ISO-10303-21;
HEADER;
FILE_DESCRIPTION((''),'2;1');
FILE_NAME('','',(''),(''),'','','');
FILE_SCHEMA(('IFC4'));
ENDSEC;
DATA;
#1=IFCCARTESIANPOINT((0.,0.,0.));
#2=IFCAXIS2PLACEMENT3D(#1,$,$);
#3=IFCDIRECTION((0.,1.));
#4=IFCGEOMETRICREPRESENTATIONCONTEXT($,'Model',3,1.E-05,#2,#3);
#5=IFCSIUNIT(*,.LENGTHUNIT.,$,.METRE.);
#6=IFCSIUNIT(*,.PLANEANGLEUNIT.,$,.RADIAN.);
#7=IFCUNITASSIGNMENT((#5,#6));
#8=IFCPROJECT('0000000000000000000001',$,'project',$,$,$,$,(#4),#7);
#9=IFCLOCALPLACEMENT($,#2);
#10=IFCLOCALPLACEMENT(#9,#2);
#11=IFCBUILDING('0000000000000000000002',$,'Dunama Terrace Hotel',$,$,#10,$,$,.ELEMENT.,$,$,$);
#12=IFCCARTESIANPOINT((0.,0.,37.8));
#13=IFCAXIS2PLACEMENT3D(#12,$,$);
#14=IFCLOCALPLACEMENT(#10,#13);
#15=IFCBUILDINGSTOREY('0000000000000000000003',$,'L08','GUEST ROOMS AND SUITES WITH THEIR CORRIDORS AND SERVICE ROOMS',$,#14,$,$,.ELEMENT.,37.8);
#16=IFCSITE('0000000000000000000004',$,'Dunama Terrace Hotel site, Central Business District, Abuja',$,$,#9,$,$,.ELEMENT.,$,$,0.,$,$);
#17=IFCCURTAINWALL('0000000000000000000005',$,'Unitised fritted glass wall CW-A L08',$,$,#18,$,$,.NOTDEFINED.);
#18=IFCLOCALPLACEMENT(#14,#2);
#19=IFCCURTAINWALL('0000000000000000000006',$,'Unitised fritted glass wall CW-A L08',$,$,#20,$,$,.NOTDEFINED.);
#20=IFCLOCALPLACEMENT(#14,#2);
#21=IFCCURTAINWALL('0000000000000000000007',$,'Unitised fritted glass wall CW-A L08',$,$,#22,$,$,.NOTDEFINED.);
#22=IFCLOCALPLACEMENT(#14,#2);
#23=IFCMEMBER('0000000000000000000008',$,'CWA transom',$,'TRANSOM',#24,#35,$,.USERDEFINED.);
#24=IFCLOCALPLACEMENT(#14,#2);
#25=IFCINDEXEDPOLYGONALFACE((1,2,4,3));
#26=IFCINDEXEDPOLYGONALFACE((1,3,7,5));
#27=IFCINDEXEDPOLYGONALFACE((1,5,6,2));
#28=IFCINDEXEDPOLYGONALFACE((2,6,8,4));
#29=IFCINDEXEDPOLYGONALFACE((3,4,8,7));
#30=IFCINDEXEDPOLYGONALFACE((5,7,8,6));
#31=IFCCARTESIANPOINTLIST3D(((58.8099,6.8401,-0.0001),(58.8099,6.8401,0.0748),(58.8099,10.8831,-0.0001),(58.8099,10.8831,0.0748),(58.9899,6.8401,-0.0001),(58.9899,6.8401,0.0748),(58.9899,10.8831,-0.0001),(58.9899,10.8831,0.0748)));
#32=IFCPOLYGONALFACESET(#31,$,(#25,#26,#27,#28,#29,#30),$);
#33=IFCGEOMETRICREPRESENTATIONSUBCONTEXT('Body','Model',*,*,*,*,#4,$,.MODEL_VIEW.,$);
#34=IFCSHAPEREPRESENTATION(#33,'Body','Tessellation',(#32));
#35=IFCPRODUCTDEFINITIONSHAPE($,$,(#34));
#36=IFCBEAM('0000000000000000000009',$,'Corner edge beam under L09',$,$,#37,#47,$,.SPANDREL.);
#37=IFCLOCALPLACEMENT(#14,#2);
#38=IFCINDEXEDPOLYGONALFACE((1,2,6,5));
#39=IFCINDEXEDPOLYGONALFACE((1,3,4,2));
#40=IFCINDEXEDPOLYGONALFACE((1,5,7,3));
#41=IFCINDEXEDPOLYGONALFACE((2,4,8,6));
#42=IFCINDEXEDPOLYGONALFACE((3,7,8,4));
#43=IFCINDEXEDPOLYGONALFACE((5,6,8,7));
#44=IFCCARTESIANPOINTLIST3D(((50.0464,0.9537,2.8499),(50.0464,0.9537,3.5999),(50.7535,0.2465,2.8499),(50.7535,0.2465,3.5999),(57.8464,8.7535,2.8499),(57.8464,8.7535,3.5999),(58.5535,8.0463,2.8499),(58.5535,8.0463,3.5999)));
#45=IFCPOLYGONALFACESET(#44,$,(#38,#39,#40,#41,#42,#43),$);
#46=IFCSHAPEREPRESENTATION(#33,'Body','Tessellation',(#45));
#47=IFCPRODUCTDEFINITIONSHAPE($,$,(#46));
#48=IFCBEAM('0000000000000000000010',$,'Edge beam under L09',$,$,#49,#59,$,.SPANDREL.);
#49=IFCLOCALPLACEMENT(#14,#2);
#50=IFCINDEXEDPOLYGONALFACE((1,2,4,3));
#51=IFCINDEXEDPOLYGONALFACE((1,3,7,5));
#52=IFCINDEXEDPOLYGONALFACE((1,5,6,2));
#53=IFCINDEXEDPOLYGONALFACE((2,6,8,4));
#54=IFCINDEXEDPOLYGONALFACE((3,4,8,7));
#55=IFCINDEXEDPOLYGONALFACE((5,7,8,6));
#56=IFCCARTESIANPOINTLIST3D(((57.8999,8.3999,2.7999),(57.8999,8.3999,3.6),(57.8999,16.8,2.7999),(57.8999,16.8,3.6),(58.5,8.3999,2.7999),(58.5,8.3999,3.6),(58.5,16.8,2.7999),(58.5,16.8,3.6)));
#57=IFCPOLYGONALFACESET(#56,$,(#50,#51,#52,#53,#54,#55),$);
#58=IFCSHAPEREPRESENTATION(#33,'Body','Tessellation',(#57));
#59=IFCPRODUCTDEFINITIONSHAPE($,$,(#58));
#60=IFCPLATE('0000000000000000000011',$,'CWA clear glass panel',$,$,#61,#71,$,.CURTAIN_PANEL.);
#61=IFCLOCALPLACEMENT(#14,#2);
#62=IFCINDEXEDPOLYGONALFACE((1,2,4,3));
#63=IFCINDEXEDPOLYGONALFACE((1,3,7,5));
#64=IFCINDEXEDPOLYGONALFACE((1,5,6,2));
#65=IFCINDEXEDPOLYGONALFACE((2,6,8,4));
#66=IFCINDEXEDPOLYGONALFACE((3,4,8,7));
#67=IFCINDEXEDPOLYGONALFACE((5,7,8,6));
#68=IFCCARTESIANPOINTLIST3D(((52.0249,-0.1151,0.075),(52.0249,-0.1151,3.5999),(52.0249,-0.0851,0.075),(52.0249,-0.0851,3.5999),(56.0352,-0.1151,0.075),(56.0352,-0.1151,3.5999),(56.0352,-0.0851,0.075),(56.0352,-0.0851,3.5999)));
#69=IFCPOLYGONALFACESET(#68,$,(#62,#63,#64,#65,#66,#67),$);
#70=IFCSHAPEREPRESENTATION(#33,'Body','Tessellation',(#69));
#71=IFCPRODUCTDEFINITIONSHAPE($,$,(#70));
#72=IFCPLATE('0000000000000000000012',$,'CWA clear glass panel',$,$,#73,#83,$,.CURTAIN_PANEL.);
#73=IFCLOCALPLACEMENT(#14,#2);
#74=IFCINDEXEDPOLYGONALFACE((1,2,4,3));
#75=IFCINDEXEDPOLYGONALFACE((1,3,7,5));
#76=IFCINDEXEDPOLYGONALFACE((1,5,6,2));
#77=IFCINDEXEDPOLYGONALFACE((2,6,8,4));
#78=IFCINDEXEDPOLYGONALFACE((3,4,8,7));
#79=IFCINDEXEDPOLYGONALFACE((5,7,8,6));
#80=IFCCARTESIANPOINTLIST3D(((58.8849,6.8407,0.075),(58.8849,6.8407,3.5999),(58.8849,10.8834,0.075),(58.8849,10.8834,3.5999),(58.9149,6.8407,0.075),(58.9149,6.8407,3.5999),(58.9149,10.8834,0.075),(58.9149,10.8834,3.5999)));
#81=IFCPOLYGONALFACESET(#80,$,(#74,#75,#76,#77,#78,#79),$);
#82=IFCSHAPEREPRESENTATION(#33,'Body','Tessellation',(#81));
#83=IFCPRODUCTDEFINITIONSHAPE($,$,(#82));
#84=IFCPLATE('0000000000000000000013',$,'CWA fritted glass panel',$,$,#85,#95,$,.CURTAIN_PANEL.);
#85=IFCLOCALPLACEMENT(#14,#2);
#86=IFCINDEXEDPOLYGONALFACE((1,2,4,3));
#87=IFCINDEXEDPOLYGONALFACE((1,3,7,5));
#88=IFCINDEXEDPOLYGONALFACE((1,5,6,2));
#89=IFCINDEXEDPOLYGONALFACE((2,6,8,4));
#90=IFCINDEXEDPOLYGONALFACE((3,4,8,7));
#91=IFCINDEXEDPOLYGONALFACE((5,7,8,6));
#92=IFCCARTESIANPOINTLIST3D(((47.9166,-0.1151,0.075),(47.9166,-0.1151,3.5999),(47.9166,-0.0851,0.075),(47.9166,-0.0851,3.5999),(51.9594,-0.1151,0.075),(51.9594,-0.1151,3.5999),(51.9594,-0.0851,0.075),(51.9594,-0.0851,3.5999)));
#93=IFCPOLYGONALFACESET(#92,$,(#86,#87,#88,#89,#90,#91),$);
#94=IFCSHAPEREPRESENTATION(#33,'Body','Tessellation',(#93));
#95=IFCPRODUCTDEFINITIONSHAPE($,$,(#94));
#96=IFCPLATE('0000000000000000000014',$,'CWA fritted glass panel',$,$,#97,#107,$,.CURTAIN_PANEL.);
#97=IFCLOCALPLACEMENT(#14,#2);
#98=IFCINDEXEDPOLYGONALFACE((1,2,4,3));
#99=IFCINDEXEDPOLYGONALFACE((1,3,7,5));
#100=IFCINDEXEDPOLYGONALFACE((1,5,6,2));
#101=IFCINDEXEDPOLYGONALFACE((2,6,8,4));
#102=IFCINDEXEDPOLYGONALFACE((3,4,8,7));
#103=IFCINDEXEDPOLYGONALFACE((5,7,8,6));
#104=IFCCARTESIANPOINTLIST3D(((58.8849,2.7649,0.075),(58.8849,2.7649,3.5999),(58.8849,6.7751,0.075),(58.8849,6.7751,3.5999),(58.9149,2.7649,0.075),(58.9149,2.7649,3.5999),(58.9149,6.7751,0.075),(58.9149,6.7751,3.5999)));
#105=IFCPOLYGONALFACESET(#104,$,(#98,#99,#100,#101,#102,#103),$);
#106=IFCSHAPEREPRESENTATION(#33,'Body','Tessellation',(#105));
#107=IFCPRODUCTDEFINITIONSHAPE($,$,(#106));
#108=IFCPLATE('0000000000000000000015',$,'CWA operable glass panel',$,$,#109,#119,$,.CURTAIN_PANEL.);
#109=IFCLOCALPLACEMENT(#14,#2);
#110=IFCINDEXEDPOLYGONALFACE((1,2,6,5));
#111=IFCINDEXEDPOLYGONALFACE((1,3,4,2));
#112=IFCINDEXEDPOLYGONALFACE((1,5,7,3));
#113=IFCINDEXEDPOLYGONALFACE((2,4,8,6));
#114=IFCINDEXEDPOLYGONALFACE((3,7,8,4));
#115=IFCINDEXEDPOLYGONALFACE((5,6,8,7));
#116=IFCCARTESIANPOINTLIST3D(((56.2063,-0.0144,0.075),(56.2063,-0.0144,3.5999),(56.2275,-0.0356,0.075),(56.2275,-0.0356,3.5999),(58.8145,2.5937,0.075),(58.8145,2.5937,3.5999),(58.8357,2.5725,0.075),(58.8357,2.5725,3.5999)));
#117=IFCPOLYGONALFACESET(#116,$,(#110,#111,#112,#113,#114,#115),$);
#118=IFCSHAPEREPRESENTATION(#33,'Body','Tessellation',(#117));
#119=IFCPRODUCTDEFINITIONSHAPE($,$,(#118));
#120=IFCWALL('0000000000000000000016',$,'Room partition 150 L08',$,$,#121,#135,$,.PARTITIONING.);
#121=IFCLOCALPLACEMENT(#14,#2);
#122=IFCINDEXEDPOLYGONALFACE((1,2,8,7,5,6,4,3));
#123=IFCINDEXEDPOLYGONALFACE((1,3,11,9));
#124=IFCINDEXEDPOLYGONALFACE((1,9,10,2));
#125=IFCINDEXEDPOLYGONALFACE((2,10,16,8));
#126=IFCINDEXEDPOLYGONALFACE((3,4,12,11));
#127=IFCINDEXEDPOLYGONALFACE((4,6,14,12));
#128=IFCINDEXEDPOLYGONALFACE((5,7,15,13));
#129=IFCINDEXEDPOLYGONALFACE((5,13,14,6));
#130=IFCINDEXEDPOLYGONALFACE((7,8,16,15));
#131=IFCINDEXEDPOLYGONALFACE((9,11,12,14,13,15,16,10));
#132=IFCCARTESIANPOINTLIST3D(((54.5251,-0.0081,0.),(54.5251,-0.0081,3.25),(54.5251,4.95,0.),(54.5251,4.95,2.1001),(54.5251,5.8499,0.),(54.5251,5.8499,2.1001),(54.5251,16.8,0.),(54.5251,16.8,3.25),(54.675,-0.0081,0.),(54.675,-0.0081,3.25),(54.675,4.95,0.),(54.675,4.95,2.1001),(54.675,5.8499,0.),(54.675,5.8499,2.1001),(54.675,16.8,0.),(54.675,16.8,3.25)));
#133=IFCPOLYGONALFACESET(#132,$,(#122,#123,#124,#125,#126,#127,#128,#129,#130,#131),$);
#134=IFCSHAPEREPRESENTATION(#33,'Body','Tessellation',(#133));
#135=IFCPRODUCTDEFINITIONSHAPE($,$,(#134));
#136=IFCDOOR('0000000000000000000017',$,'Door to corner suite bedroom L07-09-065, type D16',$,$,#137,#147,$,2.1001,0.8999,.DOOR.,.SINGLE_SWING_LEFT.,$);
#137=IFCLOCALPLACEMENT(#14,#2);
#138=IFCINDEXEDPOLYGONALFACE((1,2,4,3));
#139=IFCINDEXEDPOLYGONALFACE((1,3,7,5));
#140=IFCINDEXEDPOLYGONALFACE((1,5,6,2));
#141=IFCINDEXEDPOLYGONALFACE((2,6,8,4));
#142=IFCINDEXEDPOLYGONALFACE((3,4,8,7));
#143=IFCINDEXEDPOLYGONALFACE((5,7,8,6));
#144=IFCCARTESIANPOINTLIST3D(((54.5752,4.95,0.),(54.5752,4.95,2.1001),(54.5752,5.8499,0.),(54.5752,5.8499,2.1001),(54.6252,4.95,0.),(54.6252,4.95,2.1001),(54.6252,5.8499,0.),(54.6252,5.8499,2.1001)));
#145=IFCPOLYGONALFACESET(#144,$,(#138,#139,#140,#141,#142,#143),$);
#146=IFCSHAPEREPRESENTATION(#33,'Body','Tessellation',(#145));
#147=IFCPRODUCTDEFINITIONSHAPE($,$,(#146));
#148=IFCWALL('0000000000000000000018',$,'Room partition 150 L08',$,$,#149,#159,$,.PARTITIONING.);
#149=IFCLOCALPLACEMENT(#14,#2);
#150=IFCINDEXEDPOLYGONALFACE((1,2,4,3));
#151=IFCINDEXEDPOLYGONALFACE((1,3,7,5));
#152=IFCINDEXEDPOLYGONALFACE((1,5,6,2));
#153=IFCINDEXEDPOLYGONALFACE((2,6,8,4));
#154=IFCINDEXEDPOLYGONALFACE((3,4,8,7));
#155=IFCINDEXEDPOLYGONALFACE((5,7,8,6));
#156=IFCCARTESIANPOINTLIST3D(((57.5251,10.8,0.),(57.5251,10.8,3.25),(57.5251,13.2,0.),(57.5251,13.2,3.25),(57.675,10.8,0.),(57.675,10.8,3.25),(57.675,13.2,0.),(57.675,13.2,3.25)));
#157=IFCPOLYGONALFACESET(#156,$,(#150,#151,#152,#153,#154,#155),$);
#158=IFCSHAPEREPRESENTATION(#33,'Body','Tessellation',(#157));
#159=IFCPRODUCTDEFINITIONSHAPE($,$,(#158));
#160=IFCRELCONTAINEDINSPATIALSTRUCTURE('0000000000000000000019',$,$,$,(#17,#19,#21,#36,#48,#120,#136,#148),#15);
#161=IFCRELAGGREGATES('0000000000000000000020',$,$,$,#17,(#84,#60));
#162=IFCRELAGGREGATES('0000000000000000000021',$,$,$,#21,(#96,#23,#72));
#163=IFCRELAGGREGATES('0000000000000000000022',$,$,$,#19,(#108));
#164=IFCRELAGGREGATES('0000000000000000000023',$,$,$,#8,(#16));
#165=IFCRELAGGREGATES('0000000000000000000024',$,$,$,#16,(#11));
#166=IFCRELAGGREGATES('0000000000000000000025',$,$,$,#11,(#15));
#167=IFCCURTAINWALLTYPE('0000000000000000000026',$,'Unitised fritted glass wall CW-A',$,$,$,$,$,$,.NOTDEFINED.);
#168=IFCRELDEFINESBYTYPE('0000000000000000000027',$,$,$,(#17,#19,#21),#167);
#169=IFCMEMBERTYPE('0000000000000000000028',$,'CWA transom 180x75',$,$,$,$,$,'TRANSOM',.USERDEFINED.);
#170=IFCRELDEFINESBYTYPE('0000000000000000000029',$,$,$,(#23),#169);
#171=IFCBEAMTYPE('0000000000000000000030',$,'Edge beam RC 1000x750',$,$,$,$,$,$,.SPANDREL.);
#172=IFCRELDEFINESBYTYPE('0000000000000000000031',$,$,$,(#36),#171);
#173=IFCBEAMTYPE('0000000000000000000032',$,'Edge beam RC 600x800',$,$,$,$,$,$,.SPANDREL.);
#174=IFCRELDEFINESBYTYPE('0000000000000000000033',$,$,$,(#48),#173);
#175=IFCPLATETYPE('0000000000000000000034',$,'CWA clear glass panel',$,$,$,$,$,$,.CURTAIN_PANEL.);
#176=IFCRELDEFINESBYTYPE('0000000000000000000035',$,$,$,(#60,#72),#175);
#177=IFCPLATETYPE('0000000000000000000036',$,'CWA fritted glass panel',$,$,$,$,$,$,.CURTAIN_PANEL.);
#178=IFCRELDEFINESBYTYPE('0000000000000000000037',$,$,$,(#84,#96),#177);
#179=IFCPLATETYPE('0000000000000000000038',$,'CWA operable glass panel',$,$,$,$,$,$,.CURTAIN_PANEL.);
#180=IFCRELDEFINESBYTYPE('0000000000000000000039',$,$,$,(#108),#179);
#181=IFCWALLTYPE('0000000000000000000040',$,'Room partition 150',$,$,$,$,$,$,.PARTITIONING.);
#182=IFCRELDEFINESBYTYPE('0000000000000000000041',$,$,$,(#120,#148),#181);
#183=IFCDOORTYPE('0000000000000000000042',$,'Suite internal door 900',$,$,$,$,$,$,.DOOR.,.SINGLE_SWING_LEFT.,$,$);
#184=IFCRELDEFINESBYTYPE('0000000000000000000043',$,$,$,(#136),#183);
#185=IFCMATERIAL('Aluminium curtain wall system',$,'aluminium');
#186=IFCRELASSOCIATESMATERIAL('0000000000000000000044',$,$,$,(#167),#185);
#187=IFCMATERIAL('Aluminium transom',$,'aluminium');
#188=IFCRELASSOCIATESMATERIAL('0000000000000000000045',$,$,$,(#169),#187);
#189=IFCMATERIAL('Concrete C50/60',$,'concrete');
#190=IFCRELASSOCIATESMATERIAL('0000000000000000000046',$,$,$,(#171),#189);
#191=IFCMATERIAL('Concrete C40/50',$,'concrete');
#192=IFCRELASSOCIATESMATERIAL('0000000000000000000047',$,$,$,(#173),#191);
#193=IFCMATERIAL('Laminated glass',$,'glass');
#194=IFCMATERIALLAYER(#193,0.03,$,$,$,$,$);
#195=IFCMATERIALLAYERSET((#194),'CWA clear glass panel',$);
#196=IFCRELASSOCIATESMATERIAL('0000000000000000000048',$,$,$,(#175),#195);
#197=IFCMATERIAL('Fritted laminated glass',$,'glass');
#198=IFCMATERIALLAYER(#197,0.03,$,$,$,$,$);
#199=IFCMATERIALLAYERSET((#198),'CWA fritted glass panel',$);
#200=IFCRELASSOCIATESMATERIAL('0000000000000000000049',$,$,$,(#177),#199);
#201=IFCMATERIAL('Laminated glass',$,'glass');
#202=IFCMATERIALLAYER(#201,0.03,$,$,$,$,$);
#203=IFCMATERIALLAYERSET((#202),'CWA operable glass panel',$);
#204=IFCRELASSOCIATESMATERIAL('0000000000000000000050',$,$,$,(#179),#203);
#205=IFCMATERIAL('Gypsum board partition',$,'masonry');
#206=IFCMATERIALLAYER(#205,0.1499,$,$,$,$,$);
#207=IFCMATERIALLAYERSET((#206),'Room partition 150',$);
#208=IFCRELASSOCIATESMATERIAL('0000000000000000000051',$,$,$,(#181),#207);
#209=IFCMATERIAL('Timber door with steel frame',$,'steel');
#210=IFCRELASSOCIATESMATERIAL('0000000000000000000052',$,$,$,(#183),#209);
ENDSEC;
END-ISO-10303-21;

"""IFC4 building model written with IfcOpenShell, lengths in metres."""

from ifc_helpers import new_model, si_unit, direction, frame, frame_2d, origin, origin_2d, place, context, subcontext, project, spatial, rectangle, extrude, material, layer, layer_set, material_profile, profile_set, type_object, element, fill, aggregate, save


model = new_model("IFC4")

# Units and contexts
model_context = context("Model", 3, precision=1e-05, world=origin(), true_north=direction((0.0, 1.0)))
body_context = subcontext(model_context, "Body", "Model", "MODEL_VIEW")
ifc_project = project(units=[si_unit("LENGTHUNIT", "METRE"), si_unit("PLANEANGLEUNIT", "RADIAN")], contexts=[model_context])

# Site, building, storey
site_placement = place(None, origin())
site = spatial("IfcSite", under=ifc_project, at=site_placement, Name="Dunama Terrace Hotel site, Central Business District, Abuja", CompositionType="ELEMENT", RefElevation=0.0)
building_placement = place(site_placement, origin())
building = spatial("IfcBuilding", under=site, at=building_placement, Name="Dunama Terrace Hotel", CompositionType="ELEMENT")
storey_placement = place(building_placement, frame((0.0, 0.0, 37.8)))
storey = spatial("IfcBuildingStorey", under=building, at=storey_placement, Name="L08", Description="GUEST ROOMS AND SUITES WITH THEIR CORRIDORS AND SERVICE ROOMS", CompositionType="ELEMENT", Elevation=37.8)

# Curtain walls
ifc_material_1 = material(Name="Aluminium curtain wall system", Category="aluminium")
curtain_wall_type = type_object("IfcCurtainWallType", Name="Unitised fritted glass wall CW-A", PredefinedType="NOTDEFINED", material=ifc_material_1)
curtain_wall_1_placement = place(storey_placement, origin())
curtain_wall_1 = element("IfcCurtainWall", 1, at=curtain_wall_1_placement, inside=storey, type_object=curtain_wall_type, Name="Unitised fritted glass wall CW-A L08", PredefinedType="NOTDEFINED")
curtain_wall_2_placement = place(storey_placement, origin())
curtain_wall_2 = element("IfcCurtainWall", 2, at=curtain_wall_2_placement, inside=storey, type_object=curtain_wall_type, Name="Unitised fritted glass wall CW-A L08", PredefinedType="NOTDEFINED")
curtain_wall_3_placement = place(storey_placement, origin())
curtain_wall_3 = element("IfcCurtainWall", 3, at=curtain_wall_3_placement, inside=storey, type_object=curtain_wall_type, Name="Unitised fritted glass wall CW-A L08", PredefinedType="NOTDEFINED")

# Member
ifc_material_2 = material(Name="Aluminium transom", Category="aluminium")
ifc_material_profile_1 = material_profile(ifc_material_2, rectangle(XDim=0.1799, YDim=0.075, at=origin_2d()), Name="CWA TRANSOM 180X75")
ifc_profile_set_1 = profile_set([ifc_material_profile_1], Name="Aluminium transom")
member_type_1 = type_object("IfcMemberType", Name="CWA transom 180x75", ElementType="TRANSOM", PredefinedType="USERDEFINED", material=ifc_profile_set_1)
member_1_placement = place(storey_placement, frame((58.8999, 6.8401, 0.0374), z_axis=(0.0, 1.0, 0.0), x_axis=(-1.0, 0.0, 0.0)))
member_1 = element("IfcMember", 4, at=member_1_placement, type_object=member_type_1, Name="CWA transom", ObjectType="TRANSOM", PredefinedType="USERDEFINED", context=body_context, shape_type="SweptSolid", body=[
    extrude(rectangle(XDim=0.1799, YDim=0.075, at=origin_2d()), origin(), (0.0, 0.0, 1.0), 4.043),
])

# Beams
ifc_material_3 = material(Name="Concrete C50/60", Category="concrete")
ifc_material_profile_2 = material_profile(ifc_material_3, rectangle(XDim=1.0, YDim=0.75, at=origin_2d()), Name="RC 1000x750")
ifc_profile_set_2 = profile_set([ifc_material_profile_2], Name="Concrete C50/60")
beam_type_1 = type_object("IfcBeamType", Name="Edge beam RC 1000x750", PredefinedType="SPANDREL", material=ifc_profile_set_2)
beam_1_placement = place(storey_placement, frame((50.3999, 0.6001, 3.2249), z_axis=(0.707118, 0.707096, 0.0), x_axis=(-0.707096, 0.707118, 0.0)))
element("IfcBeam", 5, at=beam_1_placement, inside=storey, type_object=beam_type_1, Name="Corner edge beam under L09", PredefinedType="SPANDREL", context=body_context, shape_type="SweptSolid", body=[
    extrude(rectangle(XDim=1.0, YDim=0.75, at=origin_2d()), origin(), (0.0, 0.0, 1.0), 11.0308),
])
ifc_material_4 = material(Name="Concrete C40/50", Category="concrete")
ifc_material_profile_3 = material_profile(ifc_material_4, rectangle(XDim=0.6001, YDim=0.8, at=origin_2d()), Name="RC 600x800")
ifc_profile_set_3 = profile_set([ifc_material_profile_3], Name="Concrete C40/50")
beam_type_2 = type_object("IfcBeamType", Name="Edge beam RC 600x800", PredefinedType="SPANDREL", material=ifc_profile_set_3)
beam_2_placement = place(storey_placement, frame((58.2, 8.3999, 3.2), z_axis=(0.0, 1.0, 0.0), x_axis=(-1.0, 0.0, 0.0)))
element("IfcBeam", 6, at=beam_2_placement, inside=storey, type_object=beam_type_2, Name="Edge beam under L09", PredefinedType="SPANDREL", context=body_context, shape_type="SweptSolid", body=[
    extrude(rectangle(XDim=0.6001, YDim=0.8, at=origin_2d()), origin(), (0.0, 0.0, 1.0), 8.4001),
])

# Plates
ifc_material_5 = material(Name="Laminated glass", Category="glass")
ifc_layer_1 = layer(ifc_material_5, 0.03)
ifc_layer_set_1 = layer_set([ifc_layer_1], Name="CWA clear glass panel")
plate_type_1 = type_object("IfcPlateType", Name="CWA clear glass panel", PredefinedType="CURTAIN_PANEL", material=ifc_layer_set_1)
plate_1_placement = place(storey_placement, frame((54.03, -0.1001, 0.075), z_axis=(0.0, 0.0, 1.0), x_axis=(1.0, 0.0, 0.0)))
plate_1 = element("IfcPlate", 7, at=plate_1_placement, type_object=plate_type_1, Name="CWA clear glass panel", PredefinedType="CURTAIN_PANEL", context=body_context, shape_type="SweptSolid", body=[
    extrude(rectangle(XDim=4.0103, YDim=0.03, at=origin_2d()), origin(), (0.0, 0.0, 1.0), 3.5249),
])
plate_2_placement = place(storey_placement, frame((58.8999, 8.8621, 0.075), z_axis=(0.0, 0.0, 1.0), x_axis=(0.0, 1.0, 0.0)))
plate_2 = element("IfcPlate", 8, at=plate_2_placement, type_object=plate_type_1, Name="CWA clear glass panel", PredefinedType="CURTAIN_PANEL", context=body_context, shape_type="SweptSolid", body=[
    extrude(rectangle(XDim=4.0427, YDim=0.03, at=origin_2d()), origin(), (0.0, 0.0, 1.0), 3.5249),
])
ifc_material_6 = material(Name="Fritted laminated glass", Category="glass")
ifc_layer_2 = layer(ifc_material_6, 0.03)
ifc_layer_set_2 = layer_set([ifc_layer_2], Name="CWA fritted glass panel")
plate_type_2 = type_object("IfcPlateType", Name="CWA fritted glass panel", PredefinedType="CURTAIN_PANEL", material=ifc_layer_set_2)
plate_3_placement = place(storey_placement, frame((49.938, -0.1001, 0.075), z_axis=(0.0, 0.0, 1.0), x_axis=(1.0, 0.0, 0.0)))
plate_3 = element("IfcPlate", 9, at=plate_3_placement, type_object=plate_type_2, Name="CWA fritted glass panel", PredefinedType="CURTAIN_PANEL", context=body_context, shape_type="SweptSolid", body=[
    extrude(rectangle(XDim=4.0427, YDim=0.03, at=origin_2d()), origin(), (0.0, 0.0, 1.0), 3.5249),
])
aggregate(curtain_wall_1, [plate_3, plate_1])
plate_4_placement = place(storey_placement, frame((58.8999, 4.77, 0.075), z_axis=(0.0, 0.0, 1.0), x_axis=(0.0, 1.0, 0.0)))
plate_4 = element("IfcPlate", 10, at=plate_4_placement, type_object=plate_type_2, Name="CWA fritted glass panel", PredefinedType="CURTAIN_PANEL", context=body_context, shape_type="SweptSolid", body=[
    extrude(rectangle(XDim=4.0103, YDim=0.03, at=origin_2d()), origin(), (0.0, 0.0, 1.0), 3.5249),
])
aggregate(curtain_wall_3, [plate_4, member_1, plate_2])
ifc_material_7 = material(Name="Laminated glass", Category="glass")
ifc_layer_3 = layer(ifc_material_7, 0.03)
ifc_layer_set_3 = layer_set([ifc_layer_3], Name="CWA operable glass panel")
plate_type_3 = type_object("IfcPlateType", Name="CWA operable glass panel", PredefinedType="CURTAIN_PANEL", material=ifc_layer_set_3)
plate_5_placement = place(storey_placement, frame((57.521, 1.2791, 0.075), z_axis=(0.0, 0.0, 1.0), x_axis=(0.707107, 0.707107, 0.0)))
plate_5 = element("IfcPlate", 11, at=plate_5_placement, type_object=plate_type_3, Name="CWA operable glass panel", PredefinedType="CURTAIN_PANEL", context=body_context, shape_type="SweptSolid", body=[
    extrude(rectangle(XDim=3.6885, YDim=0.03, at=origin_2d()), origin(), (0.0, 0.0, 1.0), 3.5249),
])
aggregate(curtain_wall_2, [plate_5])

# Wall, opening, door
ifc_material_8 = material(Name="Gypsum board partition", Category="masonry")
ifc_layer_4 = layer(ifc_material_8, 0.1499)
ifc_layer_set_4 = layer_set([ifc_layer_4], Name="Room partition 150")
wall_type = type_object("IfcWallType", Name="Room partition 150", PredefinedType="PARTITIONING", material=ifc_layer_set_4)
wall_1_placement = place(storey_placement, frame((54.6001, -0.0081, 0.0), z_axis=(0.0, 0.0, 1.0), x_axis=(0.0, 1.0, 0.0)))
wall_1 = element("IfcWall", 12, at=wall_1_placement, inside=storey, type_object=wall_type, Name="Room partition 150 L08", PredefinedType="PARTITIONING", context=body_context, shape_type="SweptSolid", body=[
    extrude(rectangle(XDim=16.8081, YDim=0.1499, at=frame_2d((8.4041, 0.0))), origin(), (0.0, 0.0, 1.0), 3.25),
])
opening_1_placement = place(wall_1_placement, frame((4.958, 0.0, 0.0)))
opening_1 = element("IfcOpeningElement", 13, at=opening_1_placement, cuts=wall_1, PredefinedType="OPENING", context=body_context, shape_type="SweptSolid", body=[
    extrude(rectangle(XDim=0.8999, YDim=2.1001, at=frame_2d((0.45, 1.05))), frame((0.0, 0.085, 0.0), z_axis=(0.0, -1.0, 0.0), x_axis=(1.0, 0.0, 0.0)), (0.0, 0.0, 1.0), 0.1699),
])
ifc_material_9 = material(Name="Timber door with steel frame", Category="steel")
door_type = type_object("IfcDoorType", Name="Suite internal door 900", OperationType="SINGLE_SWING_LEFT", PredefinedType="DOOR", material=ifc_material_9)
door_1_placement = place(opening_1_placement, frame((0.8999, 0.0, 0.0), z_axis=(0.0, 0.0, 1.0), x_axis=(-1.0, 0.0, 0.0)))
door_1 = element("IfcDoor", 14, at=door_1_placement, inside=storey, type_object=door_type, Name="Door to corner suite bedroom L07-09-065, type D16", OperationType="SINGLE_SWING_LEFT", OverallHeight=2.1001, OverallWidth=0.8999, PredefinedType="DOOR", context=body_context, shape_type="SweptSolid", body=[
    extrude(rectangle(XDim=0.8999, YDim=2.1001, at=frame_2d((0.45, 1.05))), frame((0.0, 0.0251, 0.0), z_axis=(0.0, -1.0, 0.0), x_axis=(1.0, 0.0, 0.0)), (0.0, 0.0, 1.0), 0.05),
])
fill(opening_1, door_1)

# Wall
wall_2_placement = place(storey_placement, frame((57.6001, 10.8, 0.0), z_axis=(0.0, 0.0, 1.0), x_axis=(0.0, 1.0, 0.0)))
element("IfcWall", 15, at=wall_2_placement, inside=storey, type_object=wall_type, Name="Room partition 150 L08", PredefinedType="PARTITIONING", context=body_context, shape_type="SweptSolid", body=[
    extrude(rectangle(XDim=2.3999, YDim=0.1499, at=frame_2d((1.2, 0.0))), origin(), (0.0, 0.0, 1.0), 3.25),
])

save(model, "model.ifc")
